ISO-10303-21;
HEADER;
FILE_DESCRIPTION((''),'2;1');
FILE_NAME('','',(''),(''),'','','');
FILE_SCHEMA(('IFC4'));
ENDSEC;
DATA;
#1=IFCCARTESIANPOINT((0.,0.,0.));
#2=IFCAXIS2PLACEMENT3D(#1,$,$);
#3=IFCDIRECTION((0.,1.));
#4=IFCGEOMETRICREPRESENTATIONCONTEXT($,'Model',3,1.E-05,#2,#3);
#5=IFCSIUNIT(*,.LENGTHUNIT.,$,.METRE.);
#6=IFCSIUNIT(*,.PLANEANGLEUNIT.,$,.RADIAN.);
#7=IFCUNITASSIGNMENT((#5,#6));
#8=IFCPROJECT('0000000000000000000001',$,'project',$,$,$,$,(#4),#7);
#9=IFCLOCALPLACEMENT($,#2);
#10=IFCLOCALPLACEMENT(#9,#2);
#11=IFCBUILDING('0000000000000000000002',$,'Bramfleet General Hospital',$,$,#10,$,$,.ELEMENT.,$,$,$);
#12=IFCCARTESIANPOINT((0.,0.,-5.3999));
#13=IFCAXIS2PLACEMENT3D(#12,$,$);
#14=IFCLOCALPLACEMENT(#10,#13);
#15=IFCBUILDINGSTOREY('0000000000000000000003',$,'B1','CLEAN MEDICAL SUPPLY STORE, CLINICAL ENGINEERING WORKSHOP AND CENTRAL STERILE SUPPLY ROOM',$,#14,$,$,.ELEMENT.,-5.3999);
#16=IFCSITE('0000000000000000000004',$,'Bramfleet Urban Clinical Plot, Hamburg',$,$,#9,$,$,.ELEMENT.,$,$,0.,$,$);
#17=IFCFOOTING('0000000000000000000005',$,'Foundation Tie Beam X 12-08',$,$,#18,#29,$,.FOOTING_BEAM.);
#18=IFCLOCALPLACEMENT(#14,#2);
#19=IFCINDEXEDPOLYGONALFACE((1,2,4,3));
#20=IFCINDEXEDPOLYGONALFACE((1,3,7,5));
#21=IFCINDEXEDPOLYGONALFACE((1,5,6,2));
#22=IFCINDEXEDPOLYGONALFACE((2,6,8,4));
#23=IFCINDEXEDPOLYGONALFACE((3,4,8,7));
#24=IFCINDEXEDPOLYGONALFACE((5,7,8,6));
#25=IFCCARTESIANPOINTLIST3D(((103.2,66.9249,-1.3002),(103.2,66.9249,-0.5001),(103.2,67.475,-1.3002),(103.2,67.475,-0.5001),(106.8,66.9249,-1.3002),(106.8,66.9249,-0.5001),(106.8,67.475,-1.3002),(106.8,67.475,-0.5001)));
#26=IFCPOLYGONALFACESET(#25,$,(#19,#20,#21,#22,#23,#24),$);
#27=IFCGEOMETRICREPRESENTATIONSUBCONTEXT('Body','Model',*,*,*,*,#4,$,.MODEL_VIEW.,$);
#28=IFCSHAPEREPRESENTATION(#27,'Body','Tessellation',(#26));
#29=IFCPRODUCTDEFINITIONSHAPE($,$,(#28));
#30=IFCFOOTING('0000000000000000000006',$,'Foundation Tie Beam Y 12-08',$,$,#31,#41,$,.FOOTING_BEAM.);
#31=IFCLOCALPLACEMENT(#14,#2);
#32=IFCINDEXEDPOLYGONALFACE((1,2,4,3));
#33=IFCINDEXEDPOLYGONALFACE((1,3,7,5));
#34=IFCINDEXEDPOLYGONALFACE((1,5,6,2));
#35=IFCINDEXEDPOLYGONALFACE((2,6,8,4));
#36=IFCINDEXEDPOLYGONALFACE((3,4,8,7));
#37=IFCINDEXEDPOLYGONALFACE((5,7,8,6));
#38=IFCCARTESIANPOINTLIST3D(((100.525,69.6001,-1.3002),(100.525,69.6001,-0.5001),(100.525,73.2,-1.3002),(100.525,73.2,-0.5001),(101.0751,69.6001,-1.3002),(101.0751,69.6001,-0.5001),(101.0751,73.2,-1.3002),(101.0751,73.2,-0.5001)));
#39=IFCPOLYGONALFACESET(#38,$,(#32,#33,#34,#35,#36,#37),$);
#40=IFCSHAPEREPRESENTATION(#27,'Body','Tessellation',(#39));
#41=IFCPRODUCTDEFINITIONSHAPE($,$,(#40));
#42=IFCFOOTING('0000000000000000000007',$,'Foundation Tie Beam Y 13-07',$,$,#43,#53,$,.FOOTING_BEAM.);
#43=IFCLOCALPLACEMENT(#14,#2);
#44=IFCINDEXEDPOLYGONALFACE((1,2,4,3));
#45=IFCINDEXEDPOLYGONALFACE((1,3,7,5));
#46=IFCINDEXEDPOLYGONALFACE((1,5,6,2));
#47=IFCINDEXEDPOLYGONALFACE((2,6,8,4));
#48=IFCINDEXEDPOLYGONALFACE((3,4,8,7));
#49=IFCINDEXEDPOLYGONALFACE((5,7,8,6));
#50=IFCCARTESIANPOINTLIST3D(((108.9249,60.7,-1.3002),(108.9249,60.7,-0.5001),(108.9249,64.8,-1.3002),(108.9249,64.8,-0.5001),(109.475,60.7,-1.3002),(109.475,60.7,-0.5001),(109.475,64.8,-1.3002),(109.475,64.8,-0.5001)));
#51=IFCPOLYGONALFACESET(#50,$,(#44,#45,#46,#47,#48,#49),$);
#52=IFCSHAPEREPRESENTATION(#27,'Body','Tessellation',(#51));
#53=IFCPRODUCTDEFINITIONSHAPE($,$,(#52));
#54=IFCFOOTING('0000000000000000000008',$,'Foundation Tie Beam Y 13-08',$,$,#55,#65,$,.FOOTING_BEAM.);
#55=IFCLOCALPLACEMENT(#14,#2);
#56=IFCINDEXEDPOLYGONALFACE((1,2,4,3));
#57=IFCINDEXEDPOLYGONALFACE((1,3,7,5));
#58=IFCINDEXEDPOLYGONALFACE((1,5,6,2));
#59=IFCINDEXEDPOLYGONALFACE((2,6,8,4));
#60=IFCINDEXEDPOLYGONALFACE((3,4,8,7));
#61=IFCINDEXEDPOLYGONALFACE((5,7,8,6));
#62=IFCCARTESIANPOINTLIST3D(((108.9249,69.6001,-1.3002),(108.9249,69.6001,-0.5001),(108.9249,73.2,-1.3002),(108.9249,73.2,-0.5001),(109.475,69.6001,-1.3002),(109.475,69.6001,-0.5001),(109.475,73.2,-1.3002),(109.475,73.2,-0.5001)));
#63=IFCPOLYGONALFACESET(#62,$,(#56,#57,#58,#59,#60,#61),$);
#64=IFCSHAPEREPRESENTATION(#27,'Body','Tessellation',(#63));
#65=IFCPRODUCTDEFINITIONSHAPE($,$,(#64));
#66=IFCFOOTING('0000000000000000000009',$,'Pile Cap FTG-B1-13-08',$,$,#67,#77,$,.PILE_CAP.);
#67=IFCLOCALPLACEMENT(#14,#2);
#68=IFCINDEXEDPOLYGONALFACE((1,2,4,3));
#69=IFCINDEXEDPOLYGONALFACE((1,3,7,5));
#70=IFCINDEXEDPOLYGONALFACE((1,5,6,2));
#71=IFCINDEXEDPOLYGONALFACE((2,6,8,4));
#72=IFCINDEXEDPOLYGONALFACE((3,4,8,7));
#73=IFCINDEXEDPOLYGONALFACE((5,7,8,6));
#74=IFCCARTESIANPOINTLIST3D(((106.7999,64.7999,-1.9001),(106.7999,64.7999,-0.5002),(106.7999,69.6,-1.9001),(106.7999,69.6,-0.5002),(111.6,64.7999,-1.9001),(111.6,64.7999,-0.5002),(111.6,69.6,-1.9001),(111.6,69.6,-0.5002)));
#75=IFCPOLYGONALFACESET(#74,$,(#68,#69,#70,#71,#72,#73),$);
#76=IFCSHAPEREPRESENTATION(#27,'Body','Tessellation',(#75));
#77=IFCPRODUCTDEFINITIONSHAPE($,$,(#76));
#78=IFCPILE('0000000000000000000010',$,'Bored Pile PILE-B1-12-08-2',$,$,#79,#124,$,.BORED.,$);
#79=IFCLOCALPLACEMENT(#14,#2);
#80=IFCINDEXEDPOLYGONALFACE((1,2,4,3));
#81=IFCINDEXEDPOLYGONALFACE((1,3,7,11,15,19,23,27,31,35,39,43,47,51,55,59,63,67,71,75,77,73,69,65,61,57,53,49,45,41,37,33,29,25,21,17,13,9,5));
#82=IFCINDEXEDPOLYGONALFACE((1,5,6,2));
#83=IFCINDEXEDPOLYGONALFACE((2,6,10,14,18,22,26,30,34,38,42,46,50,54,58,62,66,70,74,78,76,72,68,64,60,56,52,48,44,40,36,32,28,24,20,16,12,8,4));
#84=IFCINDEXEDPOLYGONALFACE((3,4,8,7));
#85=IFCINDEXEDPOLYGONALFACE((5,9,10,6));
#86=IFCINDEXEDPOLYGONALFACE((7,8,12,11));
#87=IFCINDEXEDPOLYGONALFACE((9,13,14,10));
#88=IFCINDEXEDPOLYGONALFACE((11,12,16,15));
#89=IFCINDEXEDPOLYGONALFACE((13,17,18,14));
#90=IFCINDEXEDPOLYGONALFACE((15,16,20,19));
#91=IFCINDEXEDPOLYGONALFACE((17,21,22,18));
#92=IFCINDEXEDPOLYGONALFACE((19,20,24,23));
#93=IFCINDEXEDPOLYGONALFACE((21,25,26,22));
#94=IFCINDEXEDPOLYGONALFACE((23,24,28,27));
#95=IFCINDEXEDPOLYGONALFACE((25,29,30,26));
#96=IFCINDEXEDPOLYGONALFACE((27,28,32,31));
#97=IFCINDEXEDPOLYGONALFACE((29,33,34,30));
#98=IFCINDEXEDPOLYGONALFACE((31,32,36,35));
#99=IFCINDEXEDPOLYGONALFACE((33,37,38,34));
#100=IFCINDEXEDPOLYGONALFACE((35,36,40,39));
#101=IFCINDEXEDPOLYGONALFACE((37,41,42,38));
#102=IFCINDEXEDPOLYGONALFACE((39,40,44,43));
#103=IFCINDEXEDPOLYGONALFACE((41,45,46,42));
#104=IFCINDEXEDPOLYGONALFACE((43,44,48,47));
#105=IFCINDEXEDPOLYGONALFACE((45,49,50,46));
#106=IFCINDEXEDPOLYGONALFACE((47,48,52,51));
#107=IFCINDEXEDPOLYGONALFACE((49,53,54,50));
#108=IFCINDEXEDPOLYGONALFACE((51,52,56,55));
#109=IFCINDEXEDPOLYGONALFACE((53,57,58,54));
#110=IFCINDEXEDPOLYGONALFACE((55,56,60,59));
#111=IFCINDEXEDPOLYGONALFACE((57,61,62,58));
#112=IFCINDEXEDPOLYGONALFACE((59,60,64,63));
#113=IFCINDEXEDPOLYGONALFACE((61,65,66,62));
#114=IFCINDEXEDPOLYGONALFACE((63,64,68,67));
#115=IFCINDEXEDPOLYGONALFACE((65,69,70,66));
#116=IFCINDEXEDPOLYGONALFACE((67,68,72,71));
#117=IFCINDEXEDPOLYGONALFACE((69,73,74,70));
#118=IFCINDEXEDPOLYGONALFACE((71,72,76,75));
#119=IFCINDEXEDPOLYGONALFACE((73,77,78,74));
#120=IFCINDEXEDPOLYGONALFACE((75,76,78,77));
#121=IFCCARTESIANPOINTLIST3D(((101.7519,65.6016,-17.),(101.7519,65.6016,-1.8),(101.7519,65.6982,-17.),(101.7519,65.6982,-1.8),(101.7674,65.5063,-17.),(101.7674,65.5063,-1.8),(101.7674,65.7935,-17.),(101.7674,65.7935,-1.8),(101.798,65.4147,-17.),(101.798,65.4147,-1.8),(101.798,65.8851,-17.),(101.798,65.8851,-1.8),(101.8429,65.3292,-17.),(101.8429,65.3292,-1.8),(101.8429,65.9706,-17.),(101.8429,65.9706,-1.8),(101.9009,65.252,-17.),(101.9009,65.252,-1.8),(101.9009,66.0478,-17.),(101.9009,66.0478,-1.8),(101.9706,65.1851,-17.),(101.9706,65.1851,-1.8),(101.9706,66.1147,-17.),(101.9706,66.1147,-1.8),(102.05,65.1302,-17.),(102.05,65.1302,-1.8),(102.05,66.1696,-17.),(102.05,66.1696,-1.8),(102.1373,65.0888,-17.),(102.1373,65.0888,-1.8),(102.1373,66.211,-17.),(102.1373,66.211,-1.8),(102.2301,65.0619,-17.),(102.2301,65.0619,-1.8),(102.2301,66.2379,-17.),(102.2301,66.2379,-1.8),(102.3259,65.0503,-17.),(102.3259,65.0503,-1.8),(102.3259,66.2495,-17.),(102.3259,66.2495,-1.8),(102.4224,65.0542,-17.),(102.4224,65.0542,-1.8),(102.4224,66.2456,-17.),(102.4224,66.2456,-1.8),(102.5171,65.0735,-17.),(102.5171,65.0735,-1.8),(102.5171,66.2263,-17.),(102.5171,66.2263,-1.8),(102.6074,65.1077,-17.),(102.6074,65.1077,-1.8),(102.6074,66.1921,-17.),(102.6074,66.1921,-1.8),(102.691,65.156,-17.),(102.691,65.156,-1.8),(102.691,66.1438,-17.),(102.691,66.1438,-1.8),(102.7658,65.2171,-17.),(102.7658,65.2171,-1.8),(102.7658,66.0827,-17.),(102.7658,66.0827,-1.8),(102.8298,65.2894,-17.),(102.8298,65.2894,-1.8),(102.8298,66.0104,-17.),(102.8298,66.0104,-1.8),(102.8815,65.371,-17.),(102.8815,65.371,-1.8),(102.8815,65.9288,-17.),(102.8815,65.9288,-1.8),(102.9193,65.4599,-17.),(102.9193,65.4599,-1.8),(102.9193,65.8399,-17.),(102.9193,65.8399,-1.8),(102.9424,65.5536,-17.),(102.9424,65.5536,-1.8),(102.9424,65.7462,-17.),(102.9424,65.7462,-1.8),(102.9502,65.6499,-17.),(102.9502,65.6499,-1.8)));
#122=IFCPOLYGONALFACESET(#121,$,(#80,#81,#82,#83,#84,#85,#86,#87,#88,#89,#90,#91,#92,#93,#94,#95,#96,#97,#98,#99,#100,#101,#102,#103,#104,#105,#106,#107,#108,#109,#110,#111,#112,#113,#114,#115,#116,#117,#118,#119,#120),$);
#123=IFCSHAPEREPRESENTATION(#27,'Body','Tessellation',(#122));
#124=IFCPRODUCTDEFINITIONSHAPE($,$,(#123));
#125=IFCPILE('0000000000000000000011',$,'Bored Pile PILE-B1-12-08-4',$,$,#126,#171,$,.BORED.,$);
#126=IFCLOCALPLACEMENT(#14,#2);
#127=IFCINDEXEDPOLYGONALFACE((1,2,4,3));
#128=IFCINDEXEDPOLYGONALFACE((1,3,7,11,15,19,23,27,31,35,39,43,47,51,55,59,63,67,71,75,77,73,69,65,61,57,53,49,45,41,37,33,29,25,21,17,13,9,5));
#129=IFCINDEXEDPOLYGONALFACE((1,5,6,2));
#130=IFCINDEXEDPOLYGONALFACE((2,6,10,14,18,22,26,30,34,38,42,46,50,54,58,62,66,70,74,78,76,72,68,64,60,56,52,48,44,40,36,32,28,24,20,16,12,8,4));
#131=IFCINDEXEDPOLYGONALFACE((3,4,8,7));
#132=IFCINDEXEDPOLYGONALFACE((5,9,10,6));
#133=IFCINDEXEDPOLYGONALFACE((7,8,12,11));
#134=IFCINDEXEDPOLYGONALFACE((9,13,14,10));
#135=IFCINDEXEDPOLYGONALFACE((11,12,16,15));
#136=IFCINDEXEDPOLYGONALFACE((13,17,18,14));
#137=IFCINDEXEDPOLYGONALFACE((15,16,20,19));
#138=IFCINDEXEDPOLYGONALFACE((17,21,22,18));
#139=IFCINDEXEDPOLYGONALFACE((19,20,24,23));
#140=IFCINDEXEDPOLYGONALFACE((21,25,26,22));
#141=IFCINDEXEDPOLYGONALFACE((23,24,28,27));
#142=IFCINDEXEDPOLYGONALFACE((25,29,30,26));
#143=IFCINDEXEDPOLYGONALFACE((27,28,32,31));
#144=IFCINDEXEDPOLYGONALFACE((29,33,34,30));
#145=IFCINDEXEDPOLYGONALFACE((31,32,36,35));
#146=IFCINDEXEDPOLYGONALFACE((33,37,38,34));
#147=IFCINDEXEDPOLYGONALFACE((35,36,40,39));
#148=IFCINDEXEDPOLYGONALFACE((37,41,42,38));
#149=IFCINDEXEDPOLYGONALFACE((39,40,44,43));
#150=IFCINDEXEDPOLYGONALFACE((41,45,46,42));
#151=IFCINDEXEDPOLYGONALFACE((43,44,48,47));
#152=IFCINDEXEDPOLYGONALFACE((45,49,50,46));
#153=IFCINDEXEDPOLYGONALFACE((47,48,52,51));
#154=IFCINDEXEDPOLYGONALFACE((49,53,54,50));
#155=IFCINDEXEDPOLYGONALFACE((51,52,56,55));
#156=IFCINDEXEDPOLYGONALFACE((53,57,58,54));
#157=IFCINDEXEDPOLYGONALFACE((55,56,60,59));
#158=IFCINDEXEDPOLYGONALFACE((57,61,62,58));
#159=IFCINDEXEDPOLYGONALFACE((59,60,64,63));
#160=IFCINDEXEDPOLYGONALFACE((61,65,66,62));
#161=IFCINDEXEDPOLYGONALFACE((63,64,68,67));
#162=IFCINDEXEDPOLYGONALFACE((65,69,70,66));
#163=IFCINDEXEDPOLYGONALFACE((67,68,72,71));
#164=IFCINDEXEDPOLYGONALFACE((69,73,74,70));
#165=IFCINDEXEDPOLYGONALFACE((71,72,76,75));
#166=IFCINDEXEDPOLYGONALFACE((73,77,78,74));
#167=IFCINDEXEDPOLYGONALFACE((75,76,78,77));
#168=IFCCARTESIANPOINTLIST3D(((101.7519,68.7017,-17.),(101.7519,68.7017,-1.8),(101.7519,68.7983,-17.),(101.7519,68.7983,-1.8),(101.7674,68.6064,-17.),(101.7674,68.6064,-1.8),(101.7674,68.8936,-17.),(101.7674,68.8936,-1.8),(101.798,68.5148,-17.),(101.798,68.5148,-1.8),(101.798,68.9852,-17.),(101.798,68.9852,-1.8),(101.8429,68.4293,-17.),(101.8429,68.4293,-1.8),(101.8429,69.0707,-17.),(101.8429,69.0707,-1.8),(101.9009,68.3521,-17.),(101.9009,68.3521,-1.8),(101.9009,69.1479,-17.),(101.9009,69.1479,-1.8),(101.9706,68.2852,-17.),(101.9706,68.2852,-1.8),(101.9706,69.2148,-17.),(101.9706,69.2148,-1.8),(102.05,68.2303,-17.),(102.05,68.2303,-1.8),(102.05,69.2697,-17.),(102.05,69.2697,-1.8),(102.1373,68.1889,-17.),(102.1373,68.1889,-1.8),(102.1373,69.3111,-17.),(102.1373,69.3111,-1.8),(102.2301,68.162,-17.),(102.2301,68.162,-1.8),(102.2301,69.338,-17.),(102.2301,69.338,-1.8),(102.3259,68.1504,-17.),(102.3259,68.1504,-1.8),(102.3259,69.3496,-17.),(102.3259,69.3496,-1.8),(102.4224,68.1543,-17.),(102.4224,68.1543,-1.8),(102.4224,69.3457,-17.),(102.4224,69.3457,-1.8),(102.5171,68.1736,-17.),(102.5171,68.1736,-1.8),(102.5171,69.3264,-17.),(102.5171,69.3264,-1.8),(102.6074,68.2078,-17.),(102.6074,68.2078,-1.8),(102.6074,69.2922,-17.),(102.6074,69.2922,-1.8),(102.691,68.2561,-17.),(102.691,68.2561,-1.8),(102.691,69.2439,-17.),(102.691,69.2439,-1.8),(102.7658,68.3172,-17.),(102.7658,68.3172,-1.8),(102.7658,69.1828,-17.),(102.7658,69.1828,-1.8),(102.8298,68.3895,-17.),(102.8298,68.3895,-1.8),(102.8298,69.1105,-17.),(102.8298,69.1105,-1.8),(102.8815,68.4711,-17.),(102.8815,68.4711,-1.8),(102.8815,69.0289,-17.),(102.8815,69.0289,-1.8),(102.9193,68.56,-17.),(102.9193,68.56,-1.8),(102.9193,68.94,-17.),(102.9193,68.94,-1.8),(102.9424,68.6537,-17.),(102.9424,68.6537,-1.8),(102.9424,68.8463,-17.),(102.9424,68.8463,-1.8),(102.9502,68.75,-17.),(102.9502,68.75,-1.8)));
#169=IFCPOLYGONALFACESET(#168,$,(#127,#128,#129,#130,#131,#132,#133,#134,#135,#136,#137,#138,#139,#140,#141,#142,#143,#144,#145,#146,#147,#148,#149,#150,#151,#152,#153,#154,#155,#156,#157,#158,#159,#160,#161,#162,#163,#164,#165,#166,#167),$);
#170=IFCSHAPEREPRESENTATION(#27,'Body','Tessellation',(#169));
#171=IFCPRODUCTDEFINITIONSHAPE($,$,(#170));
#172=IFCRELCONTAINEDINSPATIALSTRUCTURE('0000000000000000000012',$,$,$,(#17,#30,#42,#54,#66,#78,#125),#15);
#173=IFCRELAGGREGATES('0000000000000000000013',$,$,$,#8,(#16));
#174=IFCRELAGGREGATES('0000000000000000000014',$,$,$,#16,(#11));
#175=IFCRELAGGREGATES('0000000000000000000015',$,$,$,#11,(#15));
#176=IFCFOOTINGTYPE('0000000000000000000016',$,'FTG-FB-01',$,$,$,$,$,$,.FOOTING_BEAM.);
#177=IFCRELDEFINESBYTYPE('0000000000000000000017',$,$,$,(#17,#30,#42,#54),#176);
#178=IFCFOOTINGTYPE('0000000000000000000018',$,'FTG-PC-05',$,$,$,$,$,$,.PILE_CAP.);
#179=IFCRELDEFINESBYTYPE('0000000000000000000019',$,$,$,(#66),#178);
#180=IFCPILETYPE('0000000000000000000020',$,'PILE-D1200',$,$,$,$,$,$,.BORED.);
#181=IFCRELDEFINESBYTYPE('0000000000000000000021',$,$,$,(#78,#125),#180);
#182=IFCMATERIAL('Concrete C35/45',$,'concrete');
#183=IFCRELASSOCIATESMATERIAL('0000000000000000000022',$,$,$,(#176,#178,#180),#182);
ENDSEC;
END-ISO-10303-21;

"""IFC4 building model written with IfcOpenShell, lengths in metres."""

from ifc_helpers import new_model, si_unit, direction, frame, origin, origin_2d, place, context, subcontext, project, spatial, rectangle, circle, extrude, material, material_profile, profile_set, type_object, element, save


model = new_model("IFC4")

# Units and contexts
model_context = context("Model", 3, precision=1e-05, world=origin(), true_north=direction((0.0, 1.0)))
body_context = subcontext(model_context, "Body", "Model", "MODEL_VIEW")
ifc_project = project(units=[si_unit("LENGTHUNIT", "METRE"), si_unit("PLANEANGLEUNIT", "RADIAN")], contexts=[model_context])

# Site, building, storey
site_placement = place(None, origin())
site = spatial("IfcSite", under=ifc_project, at=site_placement, Name="Bramfleet Urban Clinical Plot, Hamburg", CompositionType="ELEMENT", RefElevation=0.0)
building_placement = place(site_placement, origin())
building = spatial("IfcBuilding", under=site, at=building_placement, Name="Bramfleet General Hospital", CompositionType="ELEMENT")
storey_placement = place(building_placement, frame((0.0, 0.0, -5.3999)))
storey = spatial("IfcBuildingStorey", under=building, at=storey_placement, Name="B1", Description="CLEAN MEDICAL SUPPLY STORE, CLINICAL ENGINEERING WORKSHOP AND CENTRAL STERILE SUPPLY ROOM", CompositionType="ELEMENT", Elevation=-5.3999)

# Footings
ifc_material_1 = material(Name="Concrete C35/45", Category="concrete")
ifc_material_profile_1 = material_profile(ifc_material_1, rectangle(XDim=0.55, YDim=0.8, at=origin_2d()), Name="RC FB 800x550")
ifc_profile_set_1 = profile_set([ifc_material_profile_1], Name="Concrete C35/45")
footing_type_1 = type_object("IfcFootingType", Name="FTG-FB-01", PredefinedType="FOOTING_BEAM", material=ifc_profile_set_1)
footing_1_placement = place(storey_placement, frame((103.2, 67.2, -0.9001), z_axis=(1.0, 0.0, 0.0), x_axis=(0.0, 1.0, 0.0)))
element("IfcFooting", 1, at=footing_1_placement, inside=storey, type_object=footing_type_1, Name="Foundation Tie Beam X 12-08", PredefinedType="FOOTING_BEAM", context=body_context, shape_type="SweptSolid", body=[
    extrude(rectangle(XDim=0.55, YDim=0.8, at=origin_2d()), origin(), (0.0, 0.0, 1.0), 3.6001),
])
footing_2_placement = place(storey_placement, frame((100.8, 69.6001, -0.9001), z_axis=(0.0, 1.0, 0.0), x_axis=(-1.0, 0.0, 0.0)))
element("IfcFooting", 2, at=footing_2_placement, inside=storey, type_object=footing_type_1, Name="Foundation Tie Beam Y 12-08", PredefinedType="FOOTING_BEAM", context=body_context, shape_type="SweptSolid", body=[
    extrude(rectangle(XDim=0.55, YDim=0.8, at=origin_2d()), origin(), (0.0, 0.0, 1.0), 3.5999),
])
footing_3_placement = place(storey_placement, frame((109.2, 60.7, -0.9001), z_axis=(0.0, 1.0, 0.0), x_axis=(-1.0, 0.0, 0.0)))
element("IfcFooting", 3, at=footing_3_placement, inside=storey, type_object=footing_type_1, Name="Foundation Tie Beam Y 13-07", PredefinedType="FOOTING_BEAM", context=body_context, shape_type="SweptSolid", body=[
    extrude(rectangle(XDim=0.55, YDim=0.8, at=origin_2d()), origin(), (0.0, 0.0, 1.0), 4.1001),
])
footing_4_placement = place(storey_placement, frame((109.2, 69.6001, -0.9001), z_axis=(0.0, 1.0, 0.0), x_axis=(-1.0, 0.0, 0.0)))
element("IfcFooting", 4, at=footing_4_placement, inside=storey, type_object=footing_type_1, Name="Foundation Tie Beam Y 13-08", PredefinedType="FOOTING_BEAM", context=body_context, shape_type="SweptSolid", body=[
    extrude(rectangle(XDim=0.55, YDim=0.8, at=origin_2d()), origin(), (0.0, 0.0, 1.0), 3.5999),
])
footing_type_2 = type_object("IfcFootingType", Name="FTG-PC-05", PredefinedType="PILE_CAP", material=ifc_material_1)
footing_5_placement = place(storey_placement, frame((109.2, 67.2, -1.9001), z_axis=(0.0, 0.0, 1.0), x_axis=(1.0, 0.0, 0.0)))
element("IfcFooting", 5, at=footing_5_placement, inside=storey, type_object=footing_type_2, Name="Pile Cap FTG-B1-13-08", PredefinedType="PILE_CAP", context=body_context, shape_type="SweptSolid", body=[
    extrude(rectangle(XDim=4.8, YDim=4.8, at=origin_2d()), origin(), (0.0, 0.0, 1.0), 1.3999),
])

# Piles
ifc_material_profile_2 = material_profile(ifc_material_1, circle(Radius=0.6001, at=origin_2d()), Name="PILE BORED D1200")
ifc_profile_set_2 = profile_set([ifc_material_profile_2], Name="Concrete C35/45")
pile_type_1 = type_object("IfcPileType", Name="PILE-D1200", PredefinedType="BORED", material=ifc_profile_set_2)
for number, where, z_axis, x_axis, name in (
    (6, (102.3501, 65.6499, -1.8), (0.0, 0.0, -1.0), (1.0, 0.0, 0.0), "Bored Pile PILE-B1-12-08-2"),
    (7, (102.3501, 68.75, -1.8), (0.0, 0.0, -1.0), (1.0, 0.0, 0.0), "Bored Pile PILE-B1-12-08-4"),
):
    element("IfcPile", number, at=place(storey_placement, frame(where, z_axis=z_axis, x_axis=x_axis)), inside=storey, type_object=pile_type_1, Name=name, PredefinedType="BORED", context=body_context, shape_type="SweptSolid", body=[
        extrude(circle(Radius=0.6001, at=origin_2d()), origin(), (0.0, 0.0, 1.0), 15.2),
    ])

save(model, "model.ifc")
